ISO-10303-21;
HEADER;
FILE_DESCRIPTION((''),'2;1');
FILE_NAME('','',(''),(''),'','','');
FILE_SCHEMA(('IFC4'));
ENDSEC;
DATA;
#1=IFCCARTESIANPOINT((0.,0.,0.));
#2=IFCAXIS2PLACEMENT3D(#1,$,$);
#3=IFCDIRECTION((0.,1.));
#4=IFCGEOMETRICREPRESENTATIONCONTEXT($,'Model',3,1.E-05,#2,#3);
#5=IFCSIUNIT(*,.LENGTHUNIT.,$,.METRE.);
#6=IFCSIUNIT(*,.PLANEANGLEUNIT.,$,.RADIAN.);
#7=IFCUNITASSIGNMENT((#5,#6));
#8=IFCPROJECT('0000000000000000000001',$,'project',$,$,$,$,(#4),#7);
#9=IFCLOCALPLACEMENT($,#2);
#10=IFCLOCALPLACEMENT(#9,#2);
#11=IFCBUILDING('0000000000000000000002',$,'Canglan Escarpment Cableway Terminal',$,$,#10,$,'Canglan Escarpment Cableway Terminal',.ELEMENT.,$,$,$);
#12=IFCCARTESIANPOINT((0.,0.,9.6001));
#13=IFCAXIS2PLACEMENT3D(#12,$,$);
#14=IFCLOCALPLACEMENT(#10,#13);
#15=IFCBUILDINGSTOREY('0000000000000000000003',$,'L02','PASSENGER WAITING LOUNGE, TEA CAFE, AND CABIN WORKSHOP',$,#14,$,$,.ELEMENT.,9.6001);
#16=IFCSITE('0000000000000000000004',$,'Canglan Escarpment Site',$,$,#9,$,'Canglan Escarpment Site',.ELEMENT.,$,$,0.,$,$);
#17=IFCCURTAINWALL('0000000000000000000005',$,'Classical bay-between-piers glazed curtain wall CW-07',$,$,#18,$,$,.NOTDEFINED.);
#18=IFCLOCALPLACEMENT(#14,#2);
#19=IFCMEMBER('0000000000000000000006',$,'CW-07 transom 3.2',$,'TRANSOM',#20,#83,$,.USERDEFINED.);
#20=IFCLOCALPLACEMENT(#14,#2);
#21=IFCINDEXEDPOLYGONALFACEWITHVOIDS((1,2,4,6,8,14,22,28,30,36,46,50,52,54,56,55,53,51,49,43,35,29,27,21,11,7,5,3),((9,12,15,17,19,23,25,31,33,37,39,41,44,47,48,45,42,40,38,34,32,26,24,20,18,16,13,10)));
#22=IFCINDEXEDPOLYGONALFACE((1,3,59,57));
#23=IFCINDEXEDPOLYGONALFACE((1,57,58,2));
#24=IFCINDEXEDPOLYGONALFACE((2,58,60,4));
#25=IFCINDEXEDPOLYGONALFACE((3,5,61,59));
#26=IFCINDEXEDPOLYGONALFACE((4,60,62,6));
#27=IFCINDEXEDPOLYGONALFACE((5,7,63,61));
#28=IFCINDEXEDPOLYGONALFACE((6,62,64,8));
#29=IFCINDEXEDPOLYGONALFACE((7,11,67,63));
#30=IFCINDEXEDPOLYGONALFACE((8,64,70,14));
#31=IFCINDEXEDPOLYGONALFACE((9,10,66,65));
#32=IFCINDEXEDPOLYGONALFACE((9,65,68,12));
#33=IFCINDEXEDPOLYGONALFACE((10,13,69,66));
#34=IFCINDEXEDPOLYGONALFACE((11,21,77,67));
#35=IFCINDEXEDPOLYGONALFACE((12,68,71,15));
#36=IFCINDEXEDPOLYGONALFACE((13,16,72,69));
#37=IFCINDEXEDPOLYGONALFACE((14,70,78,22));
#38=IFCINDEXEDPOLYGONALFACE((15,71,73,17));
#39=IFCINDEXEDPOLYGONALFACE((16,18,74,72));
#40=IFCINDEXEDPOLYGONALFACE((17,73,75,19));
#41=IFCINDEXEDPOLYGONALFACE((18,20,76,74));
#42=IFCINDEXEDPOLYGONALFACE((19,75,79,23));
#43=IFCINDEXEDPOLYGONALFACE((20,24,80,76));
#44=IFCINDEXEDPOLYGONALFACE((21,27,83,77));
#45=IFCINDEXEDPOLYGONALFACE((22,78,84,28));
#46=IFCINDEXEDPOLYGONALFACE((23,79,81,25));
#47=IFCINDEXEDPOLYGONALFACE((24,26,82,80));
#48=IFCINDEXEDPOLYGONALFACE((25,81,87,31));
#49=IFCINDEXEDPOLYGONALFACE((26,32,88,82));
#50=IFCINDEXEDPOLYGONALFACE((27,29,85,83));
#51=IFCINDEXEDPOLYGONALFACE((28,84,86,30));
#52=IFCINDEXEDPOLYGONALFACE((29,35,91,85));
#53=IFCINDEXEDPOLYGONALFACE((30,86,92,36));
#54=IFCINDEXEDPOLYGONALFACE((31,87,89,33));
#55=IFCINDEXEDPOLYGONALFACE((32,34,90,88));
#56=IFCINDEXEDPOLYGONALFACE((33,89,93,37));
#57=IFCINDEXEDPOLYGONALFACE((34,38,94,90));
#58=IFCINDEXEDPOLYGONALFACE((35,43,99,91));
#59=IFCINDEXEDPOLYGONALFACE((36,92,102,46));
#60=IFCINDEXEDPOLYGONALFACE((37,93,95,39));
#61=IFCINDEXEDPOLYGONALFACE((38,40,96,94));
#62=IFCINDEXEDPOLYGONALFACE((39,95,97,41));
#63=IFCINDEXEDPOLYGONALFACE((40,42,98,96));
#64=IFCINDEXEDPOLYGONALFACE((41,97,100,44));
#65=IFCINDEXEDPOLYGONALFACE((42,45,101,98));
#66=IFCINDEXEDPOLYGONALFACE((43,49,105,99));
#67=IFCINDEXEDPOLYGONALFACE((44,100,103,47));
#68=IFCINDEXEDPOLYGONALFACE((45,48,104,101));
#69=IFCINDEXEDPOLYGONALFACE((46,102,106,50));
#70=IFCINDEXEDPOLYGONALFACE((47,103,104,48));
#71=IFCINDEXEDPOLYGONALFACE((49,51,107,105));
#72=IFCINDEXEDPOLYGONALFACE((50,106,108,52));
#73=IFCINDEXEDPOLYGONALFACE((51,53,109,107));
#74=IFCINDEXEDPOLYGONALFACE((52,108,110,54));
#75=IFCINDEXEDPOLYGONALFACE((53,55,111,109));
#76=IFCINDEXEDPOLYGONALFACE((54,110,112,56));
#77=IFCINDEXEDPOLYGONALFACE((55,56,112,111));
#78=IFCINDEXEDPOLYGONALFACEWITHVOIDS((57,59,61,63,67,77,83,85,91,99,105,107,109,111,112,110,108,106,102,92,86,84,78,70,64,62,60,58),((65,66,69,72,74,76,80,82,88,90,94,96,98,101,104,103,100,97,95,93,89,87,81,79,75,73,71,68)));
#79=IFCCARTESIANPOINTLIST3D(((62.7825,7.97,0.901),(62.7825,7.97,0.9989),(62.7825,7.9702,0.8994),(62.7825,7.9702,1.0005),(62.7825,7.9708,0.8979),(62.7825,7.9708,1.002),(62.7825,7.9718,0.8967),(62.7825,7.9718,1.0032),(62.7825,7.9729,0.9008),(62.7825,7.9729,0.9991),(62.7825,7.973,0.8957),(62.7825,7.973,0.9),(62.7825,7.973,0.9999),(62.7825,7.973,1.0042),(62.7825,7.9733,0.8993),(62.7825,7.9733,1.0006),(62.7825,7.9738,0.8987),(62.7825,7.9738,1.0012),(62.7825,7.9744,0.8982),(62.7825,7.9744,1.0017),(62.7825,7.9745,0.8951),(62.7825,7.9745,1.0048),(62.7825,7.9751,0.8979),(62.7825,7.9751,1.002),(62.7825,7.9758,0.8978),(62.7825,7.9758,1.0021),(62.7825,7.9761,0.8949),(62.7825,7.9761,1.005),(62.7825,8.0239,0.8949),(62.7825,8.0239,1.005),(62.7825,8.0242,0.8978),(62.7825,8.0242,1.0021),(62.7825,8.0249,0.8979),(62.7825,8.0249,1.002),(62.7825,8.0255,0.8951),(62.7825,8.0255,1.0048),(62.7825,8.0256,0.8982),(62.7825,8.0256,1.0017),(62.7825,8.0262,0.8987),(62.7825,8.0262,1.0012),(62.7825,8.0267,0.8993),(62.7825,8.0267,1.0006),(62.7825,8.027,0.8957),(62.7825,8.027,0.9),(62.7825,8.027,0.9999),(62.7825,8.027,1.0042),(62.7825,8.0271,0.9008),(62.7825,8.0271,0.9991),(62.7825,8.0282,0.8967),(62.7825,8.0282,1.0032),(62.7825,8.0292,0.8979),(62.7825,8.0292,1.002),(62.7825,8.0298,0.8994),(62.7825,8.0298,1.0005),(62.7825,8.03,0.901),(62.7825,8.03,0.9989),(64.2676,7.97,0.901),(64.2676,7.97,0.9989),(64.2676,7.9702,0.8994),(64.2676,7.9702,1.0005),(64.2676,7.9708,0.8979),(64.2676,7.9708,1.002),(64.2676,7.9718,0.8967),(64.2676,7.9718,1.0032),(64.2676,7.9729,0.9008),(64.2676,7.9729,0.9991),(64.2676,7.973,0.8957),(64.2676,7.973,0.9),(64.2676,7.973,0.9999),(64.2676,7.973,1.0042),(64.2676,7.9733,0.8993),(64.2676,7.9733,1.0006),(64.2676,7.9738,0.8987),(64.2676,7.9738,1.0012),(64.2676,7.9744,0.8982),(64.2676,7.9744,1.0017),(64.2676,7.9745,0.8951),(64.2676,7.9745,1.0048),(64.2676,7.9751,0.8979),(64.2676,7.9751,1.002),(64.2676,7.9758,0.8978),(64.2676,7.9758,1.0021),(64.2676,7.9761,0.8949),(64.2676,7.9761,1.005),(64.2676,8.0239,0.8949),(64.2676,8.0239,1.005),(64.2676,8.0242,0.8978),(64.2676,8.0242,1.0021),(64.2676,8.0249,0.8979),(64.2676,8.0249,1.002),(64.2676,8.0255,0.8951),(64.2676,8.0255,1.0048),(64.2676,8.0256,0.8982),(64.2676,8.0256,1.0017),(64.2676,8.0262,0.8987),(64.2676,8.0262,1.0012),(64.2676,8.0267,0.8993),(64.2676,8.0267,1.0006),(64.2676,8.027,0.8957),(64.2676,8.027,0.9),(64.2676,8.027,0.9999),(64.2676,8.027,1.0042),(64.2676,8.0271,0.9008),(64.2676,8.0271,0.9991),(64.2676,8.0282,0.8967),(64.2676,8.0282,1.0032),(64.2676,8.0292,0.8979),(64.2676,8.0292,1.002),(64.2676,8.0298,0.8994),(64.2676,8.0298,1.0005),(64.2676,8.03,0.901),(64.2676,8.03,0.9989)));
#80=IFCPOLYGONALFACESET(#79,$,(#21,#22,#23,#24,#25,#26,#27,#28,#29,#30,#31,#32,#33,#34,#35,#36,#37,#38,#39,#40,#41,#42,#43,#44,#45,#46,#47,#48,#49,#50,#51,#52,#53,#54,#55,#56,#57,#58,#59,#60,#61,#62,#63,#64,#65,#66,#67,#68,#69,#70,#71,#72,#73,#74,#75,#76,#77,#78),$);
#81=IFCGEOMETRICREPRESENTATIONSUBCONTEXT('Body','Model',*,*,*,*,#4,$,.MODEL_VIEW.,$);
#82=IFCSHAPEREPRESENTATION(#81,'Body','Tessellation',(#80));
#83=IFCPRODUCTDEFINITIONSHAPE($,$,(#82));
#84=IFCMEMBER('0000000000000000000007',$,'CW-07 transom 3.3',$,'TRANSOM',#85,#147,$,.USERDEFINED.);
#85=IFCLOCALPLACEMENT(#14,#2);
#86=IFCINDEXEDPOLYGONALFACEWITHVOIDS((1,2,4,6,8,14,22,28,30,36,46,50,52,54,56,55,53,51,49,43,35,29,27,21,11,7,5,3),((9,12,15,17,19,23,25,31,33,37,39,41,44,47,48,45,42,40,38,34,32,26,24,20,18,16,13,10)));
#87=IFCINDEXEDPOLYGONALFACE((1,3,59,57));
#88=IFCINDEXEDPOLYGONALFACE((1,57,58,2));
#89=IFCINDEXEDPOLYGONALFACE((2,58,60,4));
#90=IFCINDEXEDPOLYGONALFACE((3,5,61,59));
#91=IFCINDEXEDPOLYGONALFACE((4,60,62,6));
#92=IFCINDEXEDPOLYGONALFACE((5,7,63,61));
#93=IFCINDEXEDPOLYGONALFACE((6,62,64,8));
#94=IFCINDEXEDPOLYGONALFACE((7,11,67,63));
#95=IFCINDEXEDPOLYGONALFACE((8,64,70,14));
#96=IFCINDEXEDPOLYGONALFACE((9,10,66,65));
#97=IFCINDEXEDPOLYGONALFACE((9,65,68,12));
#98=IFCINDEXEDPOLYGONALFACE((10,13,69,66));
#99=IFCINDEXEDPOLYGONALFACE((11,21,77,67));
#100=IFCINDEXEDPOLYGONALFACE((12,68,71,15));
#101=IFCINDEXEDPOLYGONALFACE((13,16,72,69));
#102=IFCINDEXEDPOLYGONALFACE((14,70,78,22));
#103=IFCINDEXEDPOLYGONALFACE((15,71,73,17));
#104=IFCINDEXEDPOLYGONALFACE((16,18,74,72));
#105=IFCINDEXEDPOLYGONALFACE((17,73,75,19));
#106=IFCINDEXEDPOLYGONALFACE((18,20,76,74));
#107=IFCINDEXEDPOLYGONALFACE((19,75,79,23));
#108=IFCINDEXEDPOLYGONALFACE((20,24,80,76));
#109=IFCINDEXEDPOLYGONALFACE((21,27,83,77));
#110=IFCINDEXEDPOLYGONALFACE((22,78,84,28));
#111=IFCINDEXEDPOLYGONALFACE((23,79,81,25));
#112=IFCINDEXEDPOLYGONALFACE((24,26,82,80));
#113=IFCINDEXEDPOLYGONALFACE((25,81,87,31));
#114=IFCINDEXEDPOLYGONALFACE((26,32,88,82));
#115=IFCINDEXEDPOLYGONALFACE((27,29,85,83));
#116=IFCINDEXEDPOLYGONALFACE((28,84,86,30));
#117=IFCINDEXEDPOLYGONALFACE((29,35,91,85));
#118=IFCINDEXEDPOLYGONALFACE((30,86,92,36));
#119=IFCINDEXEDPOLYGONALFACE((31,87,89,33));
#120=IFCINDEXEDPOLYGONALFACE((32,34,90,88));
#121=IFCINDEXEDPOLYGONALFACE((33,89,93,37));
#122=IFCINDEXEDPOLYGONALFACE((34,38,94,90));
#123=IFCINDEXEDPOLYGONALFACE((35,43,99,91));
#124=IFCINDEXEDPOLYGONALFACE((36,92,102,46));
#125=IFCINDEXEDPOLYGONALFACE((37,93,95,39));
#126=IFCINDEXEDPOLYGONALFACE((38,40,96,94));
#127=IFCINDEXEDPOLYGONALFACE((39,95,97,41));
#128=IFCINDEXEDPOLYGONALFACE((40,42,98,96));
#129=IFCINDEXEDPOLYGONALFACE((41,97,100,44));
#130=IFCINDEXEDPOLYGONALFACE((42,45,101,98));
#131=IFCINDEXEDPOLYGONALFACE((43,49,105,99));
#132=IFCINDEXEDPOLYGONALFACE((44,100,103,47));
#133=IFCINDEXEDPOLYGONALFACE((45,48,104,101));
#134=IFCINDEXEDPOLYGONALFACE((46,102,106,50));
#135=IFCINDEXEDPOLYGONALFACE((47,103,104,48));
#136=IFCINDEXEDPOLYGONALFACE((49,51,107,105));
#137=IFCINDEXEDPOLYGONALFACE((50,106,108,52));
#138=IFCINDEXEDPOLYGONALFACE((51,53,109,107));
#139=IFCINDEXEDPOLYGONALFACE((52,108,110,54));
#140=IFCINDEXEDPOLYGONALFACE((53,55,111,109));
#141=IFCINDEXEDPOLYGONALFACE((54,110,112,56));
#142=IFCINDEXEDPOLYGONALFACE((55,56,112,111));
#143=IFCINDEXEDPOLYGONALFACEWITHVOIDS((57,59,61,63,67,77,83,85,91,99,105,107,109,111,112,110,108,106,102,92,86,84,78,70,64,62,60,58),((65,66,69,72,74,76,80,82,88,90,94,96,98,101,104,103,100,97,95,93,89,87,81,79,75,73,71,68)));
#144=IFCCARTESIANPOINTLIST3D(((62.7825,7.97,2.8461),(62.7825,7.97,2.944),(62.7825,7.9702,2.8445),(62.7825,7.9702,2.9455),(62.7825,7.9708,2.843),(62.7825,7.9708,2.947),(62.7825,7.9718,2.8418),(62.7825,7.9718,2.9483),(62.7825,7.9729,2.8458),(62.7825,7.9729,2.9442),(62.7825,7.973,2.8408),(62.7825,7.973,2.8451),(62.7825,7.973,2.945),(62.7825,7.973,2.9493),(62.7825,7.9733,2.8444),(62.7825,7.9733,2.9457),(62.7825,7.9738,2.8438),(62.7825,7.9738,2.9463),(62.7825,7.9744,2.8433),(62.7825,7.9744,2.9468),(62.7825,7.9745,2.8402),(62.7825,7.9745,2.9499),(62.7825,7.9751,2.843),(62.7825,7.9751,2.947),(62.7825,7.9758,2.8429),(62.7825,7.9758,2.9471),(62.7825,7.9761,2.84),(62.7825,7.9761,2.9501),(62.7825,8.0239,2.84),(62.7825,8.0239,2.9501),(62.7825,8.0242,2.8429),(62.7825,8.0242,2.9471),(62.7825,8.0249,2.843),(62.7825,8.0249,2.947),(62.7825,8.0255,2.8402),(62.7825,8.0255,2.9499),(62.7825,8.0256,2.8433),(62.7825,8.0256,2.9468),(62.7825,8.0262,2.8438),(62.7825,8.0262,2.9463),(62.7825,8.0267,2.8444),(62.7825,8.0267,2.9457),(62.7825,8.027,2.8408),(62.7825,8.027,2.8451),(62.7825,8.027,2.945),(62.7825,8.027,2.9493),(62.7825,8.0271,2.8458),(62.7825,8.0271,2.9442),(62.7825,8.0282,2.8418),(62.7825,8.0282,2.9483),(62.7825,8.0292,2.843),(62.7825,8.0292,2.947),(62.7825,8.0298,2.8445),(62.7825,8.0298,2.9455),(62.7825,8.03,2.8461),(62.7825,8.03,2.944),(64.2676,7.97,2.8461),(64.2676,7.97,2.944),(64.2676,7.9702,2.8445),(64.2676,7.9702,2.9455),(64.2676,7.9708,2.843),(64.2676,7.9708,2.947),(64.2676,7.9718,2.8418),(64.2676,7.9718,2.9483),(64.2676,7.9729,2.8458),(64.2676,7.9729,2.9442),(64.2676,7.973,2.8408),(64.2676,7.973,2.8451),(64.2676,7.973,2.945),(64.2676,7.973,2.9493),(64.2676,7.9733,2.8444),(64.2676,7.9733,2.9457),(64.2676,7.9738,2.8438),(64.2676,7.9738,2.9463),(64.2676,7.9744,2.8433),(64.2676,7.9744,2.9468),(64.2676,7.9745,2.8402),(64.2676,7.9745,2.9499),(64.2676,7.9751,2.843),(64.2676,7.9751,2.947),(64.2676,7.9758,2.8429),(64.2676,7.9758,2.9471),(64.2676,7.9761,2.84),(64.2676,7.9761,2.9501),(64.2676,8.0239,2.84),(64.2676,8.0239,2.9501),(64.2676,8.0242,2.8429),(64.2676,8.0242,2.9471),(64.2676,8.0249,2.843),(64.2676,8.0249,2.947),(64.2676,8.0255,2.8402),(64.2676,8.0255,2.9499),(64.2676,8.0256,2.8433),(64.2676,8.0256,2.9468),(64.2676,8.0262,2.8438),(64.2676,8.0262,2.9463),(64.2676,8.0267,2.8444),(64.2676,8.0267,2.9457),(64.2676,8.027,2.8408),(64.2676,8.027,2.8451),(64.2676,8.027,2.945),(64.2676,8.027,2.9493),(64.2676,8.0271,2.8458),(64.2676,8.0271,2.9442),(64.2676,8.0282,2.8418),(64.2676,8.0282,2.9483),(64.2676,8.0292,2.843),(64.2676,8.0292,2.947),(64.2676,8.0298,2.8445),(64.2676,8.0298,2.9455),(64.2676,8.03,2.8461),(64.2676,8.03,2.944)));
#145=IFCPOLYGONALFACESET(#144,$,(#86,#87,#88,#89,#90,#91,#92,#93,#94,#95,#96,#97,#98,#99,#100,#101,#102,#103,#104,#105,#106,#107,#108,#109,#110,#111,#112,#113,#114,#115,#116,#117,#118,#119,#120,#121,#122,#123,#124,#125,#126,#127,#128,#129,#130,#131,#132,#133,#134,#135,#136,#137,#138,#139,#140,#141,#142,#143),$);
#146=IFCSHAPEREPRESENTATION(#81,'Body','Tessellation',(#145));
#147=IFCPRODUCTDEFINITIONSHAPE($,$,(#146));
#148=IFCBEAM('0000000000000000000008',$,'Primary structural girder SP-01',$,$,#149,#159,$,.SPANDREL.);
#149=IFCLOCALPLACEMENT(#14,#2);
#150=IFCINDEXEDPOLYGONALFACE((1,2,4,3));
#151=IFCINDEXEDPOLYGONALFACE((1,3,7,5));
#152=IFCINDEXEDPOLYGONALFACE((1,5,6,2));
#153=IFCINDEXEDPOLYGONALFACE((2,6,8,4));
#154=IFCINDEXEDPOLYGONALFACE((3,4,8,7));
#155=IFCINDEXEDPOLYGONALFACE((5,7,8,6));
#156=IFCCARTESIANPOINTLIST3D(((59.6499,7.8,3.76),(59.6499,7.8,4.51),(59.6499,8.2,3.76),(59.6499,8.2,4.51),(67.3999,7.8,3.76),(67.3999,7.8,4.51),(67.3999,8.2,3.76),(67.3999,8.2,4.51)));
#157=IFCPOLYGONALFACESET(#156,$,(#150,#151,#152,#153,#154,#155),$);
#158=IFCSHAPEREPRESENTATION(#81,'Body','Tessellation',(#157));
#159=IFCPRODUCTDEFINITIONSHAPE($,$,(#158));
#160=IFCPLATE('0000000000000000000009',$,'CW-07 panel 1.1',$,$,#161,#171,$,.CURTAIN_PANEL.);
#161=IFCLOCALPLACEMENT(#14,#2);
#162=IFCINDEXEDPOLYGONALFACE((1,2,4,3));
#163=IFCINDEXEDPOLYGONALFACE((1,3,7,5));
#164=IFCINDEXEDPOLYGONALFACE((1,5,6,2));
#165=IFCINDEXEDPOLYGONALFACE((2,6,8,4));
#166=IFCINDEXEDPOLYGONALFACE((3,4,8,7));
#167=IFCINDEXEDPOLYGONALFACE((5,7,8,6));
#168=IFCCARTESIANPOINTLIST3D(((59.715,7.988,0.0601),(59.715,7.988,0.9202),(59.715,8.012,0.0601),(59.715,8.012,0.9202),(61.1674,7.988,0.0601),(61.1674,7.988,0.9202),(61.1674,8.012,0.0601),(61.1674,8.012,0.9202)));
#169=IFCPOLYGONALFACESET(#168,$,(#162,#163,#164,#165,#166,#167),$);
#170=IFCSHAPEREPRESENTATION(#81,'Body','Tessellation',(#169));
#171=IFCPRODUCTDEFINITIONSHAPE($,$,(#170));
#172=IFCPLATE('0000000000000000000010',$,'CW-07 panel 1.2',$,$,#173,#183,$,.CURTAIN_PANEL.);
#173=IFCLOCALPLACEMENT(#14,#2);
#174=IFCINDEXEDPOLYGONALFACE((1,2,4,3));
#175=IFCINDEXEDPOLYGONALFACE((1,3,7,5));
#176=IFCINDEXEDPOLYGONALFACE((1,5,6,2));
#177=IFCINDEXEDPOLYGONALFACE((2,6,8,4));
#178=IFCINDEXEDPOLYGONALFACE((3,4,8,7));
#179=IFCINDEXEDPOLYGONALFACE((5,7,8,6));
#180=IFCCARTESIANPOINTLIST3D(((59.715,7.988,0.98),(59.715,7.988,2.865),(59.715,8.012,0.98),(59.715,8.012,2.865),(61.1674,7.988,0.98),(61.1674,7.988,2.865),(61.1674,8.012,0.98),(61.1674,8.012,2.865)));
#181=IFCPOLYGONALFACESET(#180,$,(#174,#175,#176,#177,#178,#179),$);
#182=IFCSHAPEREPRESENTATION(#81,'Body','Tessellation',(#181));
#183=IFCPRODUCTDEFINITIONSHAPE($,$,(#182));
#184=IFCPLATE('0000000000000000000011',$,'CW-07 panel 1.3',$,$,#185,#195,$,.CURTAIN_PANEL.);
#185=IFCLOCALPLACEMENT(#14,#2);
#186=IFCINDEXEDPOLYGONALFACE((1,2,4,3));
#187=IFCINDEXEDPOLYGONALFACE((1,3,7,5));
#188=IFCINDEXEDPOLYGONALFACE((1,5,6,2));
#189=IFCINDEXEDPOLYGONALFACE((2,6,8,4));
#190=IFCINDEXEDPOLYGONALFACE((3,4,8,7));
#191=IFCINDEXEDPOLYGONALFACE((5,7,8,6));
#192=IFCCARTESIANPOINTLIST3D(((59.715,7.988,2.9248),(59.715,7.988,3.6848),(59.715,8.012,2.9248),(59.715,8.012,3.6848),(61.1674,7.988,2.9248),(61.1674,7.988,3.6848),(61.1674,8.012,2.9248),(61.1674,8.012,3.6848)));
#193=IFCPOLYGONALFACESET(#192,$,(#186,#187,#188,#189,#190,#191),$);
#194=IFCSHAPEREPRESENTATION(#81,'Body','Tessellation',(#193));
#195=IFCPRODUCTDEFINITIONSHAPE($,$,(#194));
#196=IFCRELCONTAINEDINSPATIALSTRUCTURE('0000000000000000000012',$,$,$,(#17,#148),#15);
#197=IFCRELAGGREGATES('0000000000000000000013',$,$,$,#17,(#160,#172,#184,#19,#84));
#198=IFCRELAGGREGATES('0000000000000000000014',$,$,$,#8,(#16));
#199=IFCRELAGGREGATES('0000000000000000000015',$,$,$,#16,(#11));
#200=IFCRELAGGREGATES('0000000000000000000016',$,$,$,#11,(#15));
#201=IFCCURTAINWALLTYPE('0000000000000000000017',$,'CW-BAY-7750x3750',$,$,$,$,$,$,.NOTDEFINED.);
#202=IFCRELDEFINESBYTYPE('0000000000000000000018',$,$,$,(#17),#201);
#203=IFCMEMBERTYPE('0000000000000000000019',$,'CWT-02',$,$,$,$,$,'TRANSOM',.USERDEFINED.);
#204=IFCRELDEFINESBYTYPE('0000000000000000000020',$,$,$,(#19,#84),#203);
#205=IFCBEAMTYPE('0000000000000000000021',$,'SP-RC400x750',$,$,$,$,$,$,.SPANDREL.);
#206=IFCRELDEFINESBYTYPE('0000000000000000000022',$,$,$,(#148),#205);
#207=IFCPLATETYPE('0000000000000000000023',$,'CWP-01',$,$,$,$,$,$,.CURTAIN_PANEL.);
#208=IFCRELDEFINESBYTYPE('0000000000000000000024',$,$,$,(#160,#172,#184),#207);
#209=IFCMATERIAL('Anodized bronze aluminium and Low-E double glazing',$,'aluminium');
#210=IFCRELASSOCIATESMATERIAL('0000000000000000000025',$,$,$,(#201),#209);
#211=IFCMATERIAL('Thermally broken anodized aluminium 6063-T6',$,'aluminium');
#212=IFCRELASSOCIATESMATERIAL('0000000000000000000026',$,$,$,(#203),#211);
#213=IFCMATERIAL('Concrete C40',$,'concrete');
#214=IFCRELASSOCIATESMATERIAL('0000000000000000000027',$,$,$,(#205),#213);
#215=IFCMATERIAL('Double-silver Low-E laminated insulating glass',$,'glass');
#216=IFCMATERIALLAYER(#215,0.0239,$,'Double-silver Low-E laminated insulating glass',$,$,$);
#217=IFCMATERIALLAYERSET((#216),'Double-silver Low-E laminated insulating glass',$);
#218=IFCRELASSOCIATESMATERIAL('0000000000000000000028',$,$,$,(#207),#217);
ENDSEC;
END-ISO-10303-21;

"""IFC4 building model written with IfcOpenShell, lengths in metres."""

from ifc_helpers import new_model, si_unit, direction, frame, origin, origin_2d, place, context, subcontext, project, spatial, rectangle, hollow_rectangle, extrude, material, layer, layer_set, material_profile, profile_set, type_object, element, aggregate, save


model = new_model("IFC4")

# Units and contexts
model_context = context("Model", 3, precision=1e-05, world=origin(), true_north=direction((0.0, 1.0)))
body_context = subcontext(model_context, "Body", "Model", "MODEL_VIEW")
ifc_project = project(units=[si_unit("LENGTHUNIT", "METRE"), si_unit("PLANEANGLEUNIT", "RADIAN")], contexts=[model_context])

# Site, building, storey
site_placement = place(None, origin())
site = spatial("IfcSite", under=ifc_project, at=site_placement, Name="Canglan Escarpment Site", LongName="Canglan Escarpment Site", CompositionType="ELEMENT", RefElevation=0.0)
building_placement = place(site_placement, origin())
building = spatial("IfcBuilding", under=site, at=building_placement, Name="Canglan Escarpment Cableway Terminal", LongName="Canglan Escarpment Cableway Terminal", CompositionType="ELEMENT")
storey_placement = place(building_placement, frame((0.0, 0.0, 9.6001)))
storey = spatial("IfcBuildingStorey", under=building, at=storey_placement, Name="L02", Description="PASSENGER WAITING LOUNGE, TEA CAFE, AND CABIN WORKSHOP", CompositionType="ELEMENT", Elevation=9.6001)

# Shared definitions
ifc_material_1 = material(Name="Concrete C40", Category="concrete")

# Curtain wall, members
ifc_material_2 = material(Name="Anodized bronze aluminium and Low-E double glazing", Category="aluminium")
curtain_wall_type = type_object("IfcCurtainWallType", Name="CW-BAY-7750x3750", PredefinedType="NOTDEFINED", material=ifc_material_2)
curtain_wall_placement = place(storey_placement, origin())
curtain_wall = element("IfcCurtainWall", 1, at=curtain_wall_placement, inside=storey, type_object=curtain_wall_type, Name="Classical bay-between-piers glazed curtain wall CW-07", PredefinedType="NOTDEFINED")
ifc_material_3 = material(Name="Thermally broken anodized aluminium 6063-T6", Category="aluminium")
ifc_material_profile_1 = material_profile(ifc_material_3, hollow_rectangle(XDim=0.0601, YDim=0.1101, WallThickness=0.0029, InnerFilletRadius=0.0029, OuterFilletRadius=0.0061, at=origin_2d()), Name="ALU-TRAN 60x110x3")
ifc_profile_set_1 = profile_set([ifc_material_profile_1], Name="Thermally broken anodized aluminium 6063-T6")
member_type_1 = type_object("IfcMemberType", Name="CWT-02", ElementType="TRANSOM", PredefinedType="USERDEFINED", material=ifc_profile_set_1)
member_1_placement = place(storey_placement, frame((62.7825, 8.0, 0.95), z_axis=(1.0, 0.0, 0.0), x_axis=(0.0, 1.0, 0.0)))
member_1 = element("IfcMember", 2, at=member_1_placement, type_object=member_type_1, Name="CW-07 transom 3.2", ObjectType="TRANSOM", PredefinedType="USERDEFINED", context=body_context, shape_type="SweptSolid", body=[
    extrude(hollow_rectangle(XDim=0.0601, YDim=0.1101, WallThickness=0.0029, InnerFilletRadius=0.0029, OuterFilletRadius=0.0061, at=origin_2d()), origin(), (0.0, 0.0, 1.0), 1.4851),
])
member_2_placement = place(storey_placement, frame((62.7825, 8.0, 2.895), z_axis=(1.0, 0.0, 0.0), x_axis=(0.0, 1.0, 0.0)))
member_2 = element("IfcMember", 3, at=member_2_placement, type_object=member_type_1, Name="CW-07 transom 3.3", ObjectType="TRANSOM", PredefinedType="USERDEFINED", context=body_context, shape_type="SweptSolid", body=[
    extrude(hollow_rectangle(XDim=0.0601, YDim=0.1101, WallThickness=0.0029, InnerFilletRadius=0.0029, OuterFilletRadius=0.0061, at=origin_2d()), origin(), (0.0, 0.0, 1.0), 1.4851),
])

# Beam
ifc_material_profile_2 = material_profile(ifc_material_1, rectangle(XDim=0.3999, YDim=0.75, at=origin_2d()), Name="RC 400x750")
ifc_profile_set_2 = profile_set([ifc_material_profile_2], Name="Concrete C40")
beam_type = type_object("IfcBeamType", Name="SP-RC400x750", PredefinedType="SPANDREL", material=ifc_profile_set_2)
beam_placement = place(storey_placement, frame((59.6499, 8.0, 4.135), z_axis=(1.0, 0.0, 0.0), x_axis=(0.0, 1.0, 0.0)))
element("IfcBeam", 4, at=beam_placement, inside=storey, type_object=beam_type, Name="Primary structural girder SP-01", PredefinedType="SPANDREL", context=body_context, shape_type="SweptSolid", body=[
    extrude(rectangle(XDim=0.3999, YDim=0.75, at=origin_2d()), origin(), (0.0, 0.0, 1.0), 7.75),
])

# Plates
ifc_material_4 = material(Name="Double-silver Low-E laminated insulating glass", Category="glass")
ifc_layer_1 = layer(ifc_material_4, 0.0239, Name="Double-silver Low-E laminated insulating glass")
ifc_layer_set_1 = layer_set([ifc_layer_1], Name="Double-silver Low-E laminated insulating glass")
plate_type = type_object("IfcPlateType", Name="CWP-01", PredefinedType="CURTAIN_PANEL", material=ifc_layer_set_1)
plate_1_placement = place(storey_placement, frame((60.4412, 8.0, 0.0601), z_axis=(0.0, 0.0, 1.0), x_axis=(1.0, 0.0, 0.0)))
plate_1 = element("IfcPlate", 5, at=plate_1_placement, type_object=plate_type, Name="CW-07 panel 1.1", PredefinedType="CURTAIN_PANEL", context=body_context, shape_type="SweptSolid", body=[
    extrude(rectangle(XDim=1.4524, YDim=0.0239, at=origin_2d()), origin(), (0.0, 0.0, 1.0), 0.8601),
])
plate_2_placement = place(storey_placement, frame((60.4412, 8.0, 0.98), z_axis=(0.0, 0.0, 1.0), x_axis=(1.0, 0.0, 0.0)))
plate_2 = element("IfcPlate", 6, at=plate_2_placement, type_object=plate_type, Name="CW-07 panel 1.2", PredefinedType="CURTAIN_PANEL", context=body_context, shape_type="SweptSolid", body=[
    extrude(rectangle(XDim=1.4524, YDim=0.0239, at=origin_2d()), origin(), (0.0, 0.0, 1.0), 1.885),
])
plate_3_placement = place(storey_placement, frame((60.4412, 8.0, 2.9248), z_axis=(0.0, 0.0, 1.0), x_axis=(1.0, 0.0, 0.0)))
plate_3 = element("IfcPlate", 7, at=plate_3_placement, type_object=plate_type, Name="CW-07 panel 1.3", PredefinedType="CURTAIN_PANEL", context=body_context, shape_type="SweptSolid", body=[
    extrude(rectangle(XDim=1.4524, YDim=0.0239, at=origin_2d()), origin(), (0.0, 0.0, 1.0), 0.76),
])
aggregate(curtain_wall, [plate_1, plate_2, plate_3, member_1, member_2])

save(model, "model.ifc")
